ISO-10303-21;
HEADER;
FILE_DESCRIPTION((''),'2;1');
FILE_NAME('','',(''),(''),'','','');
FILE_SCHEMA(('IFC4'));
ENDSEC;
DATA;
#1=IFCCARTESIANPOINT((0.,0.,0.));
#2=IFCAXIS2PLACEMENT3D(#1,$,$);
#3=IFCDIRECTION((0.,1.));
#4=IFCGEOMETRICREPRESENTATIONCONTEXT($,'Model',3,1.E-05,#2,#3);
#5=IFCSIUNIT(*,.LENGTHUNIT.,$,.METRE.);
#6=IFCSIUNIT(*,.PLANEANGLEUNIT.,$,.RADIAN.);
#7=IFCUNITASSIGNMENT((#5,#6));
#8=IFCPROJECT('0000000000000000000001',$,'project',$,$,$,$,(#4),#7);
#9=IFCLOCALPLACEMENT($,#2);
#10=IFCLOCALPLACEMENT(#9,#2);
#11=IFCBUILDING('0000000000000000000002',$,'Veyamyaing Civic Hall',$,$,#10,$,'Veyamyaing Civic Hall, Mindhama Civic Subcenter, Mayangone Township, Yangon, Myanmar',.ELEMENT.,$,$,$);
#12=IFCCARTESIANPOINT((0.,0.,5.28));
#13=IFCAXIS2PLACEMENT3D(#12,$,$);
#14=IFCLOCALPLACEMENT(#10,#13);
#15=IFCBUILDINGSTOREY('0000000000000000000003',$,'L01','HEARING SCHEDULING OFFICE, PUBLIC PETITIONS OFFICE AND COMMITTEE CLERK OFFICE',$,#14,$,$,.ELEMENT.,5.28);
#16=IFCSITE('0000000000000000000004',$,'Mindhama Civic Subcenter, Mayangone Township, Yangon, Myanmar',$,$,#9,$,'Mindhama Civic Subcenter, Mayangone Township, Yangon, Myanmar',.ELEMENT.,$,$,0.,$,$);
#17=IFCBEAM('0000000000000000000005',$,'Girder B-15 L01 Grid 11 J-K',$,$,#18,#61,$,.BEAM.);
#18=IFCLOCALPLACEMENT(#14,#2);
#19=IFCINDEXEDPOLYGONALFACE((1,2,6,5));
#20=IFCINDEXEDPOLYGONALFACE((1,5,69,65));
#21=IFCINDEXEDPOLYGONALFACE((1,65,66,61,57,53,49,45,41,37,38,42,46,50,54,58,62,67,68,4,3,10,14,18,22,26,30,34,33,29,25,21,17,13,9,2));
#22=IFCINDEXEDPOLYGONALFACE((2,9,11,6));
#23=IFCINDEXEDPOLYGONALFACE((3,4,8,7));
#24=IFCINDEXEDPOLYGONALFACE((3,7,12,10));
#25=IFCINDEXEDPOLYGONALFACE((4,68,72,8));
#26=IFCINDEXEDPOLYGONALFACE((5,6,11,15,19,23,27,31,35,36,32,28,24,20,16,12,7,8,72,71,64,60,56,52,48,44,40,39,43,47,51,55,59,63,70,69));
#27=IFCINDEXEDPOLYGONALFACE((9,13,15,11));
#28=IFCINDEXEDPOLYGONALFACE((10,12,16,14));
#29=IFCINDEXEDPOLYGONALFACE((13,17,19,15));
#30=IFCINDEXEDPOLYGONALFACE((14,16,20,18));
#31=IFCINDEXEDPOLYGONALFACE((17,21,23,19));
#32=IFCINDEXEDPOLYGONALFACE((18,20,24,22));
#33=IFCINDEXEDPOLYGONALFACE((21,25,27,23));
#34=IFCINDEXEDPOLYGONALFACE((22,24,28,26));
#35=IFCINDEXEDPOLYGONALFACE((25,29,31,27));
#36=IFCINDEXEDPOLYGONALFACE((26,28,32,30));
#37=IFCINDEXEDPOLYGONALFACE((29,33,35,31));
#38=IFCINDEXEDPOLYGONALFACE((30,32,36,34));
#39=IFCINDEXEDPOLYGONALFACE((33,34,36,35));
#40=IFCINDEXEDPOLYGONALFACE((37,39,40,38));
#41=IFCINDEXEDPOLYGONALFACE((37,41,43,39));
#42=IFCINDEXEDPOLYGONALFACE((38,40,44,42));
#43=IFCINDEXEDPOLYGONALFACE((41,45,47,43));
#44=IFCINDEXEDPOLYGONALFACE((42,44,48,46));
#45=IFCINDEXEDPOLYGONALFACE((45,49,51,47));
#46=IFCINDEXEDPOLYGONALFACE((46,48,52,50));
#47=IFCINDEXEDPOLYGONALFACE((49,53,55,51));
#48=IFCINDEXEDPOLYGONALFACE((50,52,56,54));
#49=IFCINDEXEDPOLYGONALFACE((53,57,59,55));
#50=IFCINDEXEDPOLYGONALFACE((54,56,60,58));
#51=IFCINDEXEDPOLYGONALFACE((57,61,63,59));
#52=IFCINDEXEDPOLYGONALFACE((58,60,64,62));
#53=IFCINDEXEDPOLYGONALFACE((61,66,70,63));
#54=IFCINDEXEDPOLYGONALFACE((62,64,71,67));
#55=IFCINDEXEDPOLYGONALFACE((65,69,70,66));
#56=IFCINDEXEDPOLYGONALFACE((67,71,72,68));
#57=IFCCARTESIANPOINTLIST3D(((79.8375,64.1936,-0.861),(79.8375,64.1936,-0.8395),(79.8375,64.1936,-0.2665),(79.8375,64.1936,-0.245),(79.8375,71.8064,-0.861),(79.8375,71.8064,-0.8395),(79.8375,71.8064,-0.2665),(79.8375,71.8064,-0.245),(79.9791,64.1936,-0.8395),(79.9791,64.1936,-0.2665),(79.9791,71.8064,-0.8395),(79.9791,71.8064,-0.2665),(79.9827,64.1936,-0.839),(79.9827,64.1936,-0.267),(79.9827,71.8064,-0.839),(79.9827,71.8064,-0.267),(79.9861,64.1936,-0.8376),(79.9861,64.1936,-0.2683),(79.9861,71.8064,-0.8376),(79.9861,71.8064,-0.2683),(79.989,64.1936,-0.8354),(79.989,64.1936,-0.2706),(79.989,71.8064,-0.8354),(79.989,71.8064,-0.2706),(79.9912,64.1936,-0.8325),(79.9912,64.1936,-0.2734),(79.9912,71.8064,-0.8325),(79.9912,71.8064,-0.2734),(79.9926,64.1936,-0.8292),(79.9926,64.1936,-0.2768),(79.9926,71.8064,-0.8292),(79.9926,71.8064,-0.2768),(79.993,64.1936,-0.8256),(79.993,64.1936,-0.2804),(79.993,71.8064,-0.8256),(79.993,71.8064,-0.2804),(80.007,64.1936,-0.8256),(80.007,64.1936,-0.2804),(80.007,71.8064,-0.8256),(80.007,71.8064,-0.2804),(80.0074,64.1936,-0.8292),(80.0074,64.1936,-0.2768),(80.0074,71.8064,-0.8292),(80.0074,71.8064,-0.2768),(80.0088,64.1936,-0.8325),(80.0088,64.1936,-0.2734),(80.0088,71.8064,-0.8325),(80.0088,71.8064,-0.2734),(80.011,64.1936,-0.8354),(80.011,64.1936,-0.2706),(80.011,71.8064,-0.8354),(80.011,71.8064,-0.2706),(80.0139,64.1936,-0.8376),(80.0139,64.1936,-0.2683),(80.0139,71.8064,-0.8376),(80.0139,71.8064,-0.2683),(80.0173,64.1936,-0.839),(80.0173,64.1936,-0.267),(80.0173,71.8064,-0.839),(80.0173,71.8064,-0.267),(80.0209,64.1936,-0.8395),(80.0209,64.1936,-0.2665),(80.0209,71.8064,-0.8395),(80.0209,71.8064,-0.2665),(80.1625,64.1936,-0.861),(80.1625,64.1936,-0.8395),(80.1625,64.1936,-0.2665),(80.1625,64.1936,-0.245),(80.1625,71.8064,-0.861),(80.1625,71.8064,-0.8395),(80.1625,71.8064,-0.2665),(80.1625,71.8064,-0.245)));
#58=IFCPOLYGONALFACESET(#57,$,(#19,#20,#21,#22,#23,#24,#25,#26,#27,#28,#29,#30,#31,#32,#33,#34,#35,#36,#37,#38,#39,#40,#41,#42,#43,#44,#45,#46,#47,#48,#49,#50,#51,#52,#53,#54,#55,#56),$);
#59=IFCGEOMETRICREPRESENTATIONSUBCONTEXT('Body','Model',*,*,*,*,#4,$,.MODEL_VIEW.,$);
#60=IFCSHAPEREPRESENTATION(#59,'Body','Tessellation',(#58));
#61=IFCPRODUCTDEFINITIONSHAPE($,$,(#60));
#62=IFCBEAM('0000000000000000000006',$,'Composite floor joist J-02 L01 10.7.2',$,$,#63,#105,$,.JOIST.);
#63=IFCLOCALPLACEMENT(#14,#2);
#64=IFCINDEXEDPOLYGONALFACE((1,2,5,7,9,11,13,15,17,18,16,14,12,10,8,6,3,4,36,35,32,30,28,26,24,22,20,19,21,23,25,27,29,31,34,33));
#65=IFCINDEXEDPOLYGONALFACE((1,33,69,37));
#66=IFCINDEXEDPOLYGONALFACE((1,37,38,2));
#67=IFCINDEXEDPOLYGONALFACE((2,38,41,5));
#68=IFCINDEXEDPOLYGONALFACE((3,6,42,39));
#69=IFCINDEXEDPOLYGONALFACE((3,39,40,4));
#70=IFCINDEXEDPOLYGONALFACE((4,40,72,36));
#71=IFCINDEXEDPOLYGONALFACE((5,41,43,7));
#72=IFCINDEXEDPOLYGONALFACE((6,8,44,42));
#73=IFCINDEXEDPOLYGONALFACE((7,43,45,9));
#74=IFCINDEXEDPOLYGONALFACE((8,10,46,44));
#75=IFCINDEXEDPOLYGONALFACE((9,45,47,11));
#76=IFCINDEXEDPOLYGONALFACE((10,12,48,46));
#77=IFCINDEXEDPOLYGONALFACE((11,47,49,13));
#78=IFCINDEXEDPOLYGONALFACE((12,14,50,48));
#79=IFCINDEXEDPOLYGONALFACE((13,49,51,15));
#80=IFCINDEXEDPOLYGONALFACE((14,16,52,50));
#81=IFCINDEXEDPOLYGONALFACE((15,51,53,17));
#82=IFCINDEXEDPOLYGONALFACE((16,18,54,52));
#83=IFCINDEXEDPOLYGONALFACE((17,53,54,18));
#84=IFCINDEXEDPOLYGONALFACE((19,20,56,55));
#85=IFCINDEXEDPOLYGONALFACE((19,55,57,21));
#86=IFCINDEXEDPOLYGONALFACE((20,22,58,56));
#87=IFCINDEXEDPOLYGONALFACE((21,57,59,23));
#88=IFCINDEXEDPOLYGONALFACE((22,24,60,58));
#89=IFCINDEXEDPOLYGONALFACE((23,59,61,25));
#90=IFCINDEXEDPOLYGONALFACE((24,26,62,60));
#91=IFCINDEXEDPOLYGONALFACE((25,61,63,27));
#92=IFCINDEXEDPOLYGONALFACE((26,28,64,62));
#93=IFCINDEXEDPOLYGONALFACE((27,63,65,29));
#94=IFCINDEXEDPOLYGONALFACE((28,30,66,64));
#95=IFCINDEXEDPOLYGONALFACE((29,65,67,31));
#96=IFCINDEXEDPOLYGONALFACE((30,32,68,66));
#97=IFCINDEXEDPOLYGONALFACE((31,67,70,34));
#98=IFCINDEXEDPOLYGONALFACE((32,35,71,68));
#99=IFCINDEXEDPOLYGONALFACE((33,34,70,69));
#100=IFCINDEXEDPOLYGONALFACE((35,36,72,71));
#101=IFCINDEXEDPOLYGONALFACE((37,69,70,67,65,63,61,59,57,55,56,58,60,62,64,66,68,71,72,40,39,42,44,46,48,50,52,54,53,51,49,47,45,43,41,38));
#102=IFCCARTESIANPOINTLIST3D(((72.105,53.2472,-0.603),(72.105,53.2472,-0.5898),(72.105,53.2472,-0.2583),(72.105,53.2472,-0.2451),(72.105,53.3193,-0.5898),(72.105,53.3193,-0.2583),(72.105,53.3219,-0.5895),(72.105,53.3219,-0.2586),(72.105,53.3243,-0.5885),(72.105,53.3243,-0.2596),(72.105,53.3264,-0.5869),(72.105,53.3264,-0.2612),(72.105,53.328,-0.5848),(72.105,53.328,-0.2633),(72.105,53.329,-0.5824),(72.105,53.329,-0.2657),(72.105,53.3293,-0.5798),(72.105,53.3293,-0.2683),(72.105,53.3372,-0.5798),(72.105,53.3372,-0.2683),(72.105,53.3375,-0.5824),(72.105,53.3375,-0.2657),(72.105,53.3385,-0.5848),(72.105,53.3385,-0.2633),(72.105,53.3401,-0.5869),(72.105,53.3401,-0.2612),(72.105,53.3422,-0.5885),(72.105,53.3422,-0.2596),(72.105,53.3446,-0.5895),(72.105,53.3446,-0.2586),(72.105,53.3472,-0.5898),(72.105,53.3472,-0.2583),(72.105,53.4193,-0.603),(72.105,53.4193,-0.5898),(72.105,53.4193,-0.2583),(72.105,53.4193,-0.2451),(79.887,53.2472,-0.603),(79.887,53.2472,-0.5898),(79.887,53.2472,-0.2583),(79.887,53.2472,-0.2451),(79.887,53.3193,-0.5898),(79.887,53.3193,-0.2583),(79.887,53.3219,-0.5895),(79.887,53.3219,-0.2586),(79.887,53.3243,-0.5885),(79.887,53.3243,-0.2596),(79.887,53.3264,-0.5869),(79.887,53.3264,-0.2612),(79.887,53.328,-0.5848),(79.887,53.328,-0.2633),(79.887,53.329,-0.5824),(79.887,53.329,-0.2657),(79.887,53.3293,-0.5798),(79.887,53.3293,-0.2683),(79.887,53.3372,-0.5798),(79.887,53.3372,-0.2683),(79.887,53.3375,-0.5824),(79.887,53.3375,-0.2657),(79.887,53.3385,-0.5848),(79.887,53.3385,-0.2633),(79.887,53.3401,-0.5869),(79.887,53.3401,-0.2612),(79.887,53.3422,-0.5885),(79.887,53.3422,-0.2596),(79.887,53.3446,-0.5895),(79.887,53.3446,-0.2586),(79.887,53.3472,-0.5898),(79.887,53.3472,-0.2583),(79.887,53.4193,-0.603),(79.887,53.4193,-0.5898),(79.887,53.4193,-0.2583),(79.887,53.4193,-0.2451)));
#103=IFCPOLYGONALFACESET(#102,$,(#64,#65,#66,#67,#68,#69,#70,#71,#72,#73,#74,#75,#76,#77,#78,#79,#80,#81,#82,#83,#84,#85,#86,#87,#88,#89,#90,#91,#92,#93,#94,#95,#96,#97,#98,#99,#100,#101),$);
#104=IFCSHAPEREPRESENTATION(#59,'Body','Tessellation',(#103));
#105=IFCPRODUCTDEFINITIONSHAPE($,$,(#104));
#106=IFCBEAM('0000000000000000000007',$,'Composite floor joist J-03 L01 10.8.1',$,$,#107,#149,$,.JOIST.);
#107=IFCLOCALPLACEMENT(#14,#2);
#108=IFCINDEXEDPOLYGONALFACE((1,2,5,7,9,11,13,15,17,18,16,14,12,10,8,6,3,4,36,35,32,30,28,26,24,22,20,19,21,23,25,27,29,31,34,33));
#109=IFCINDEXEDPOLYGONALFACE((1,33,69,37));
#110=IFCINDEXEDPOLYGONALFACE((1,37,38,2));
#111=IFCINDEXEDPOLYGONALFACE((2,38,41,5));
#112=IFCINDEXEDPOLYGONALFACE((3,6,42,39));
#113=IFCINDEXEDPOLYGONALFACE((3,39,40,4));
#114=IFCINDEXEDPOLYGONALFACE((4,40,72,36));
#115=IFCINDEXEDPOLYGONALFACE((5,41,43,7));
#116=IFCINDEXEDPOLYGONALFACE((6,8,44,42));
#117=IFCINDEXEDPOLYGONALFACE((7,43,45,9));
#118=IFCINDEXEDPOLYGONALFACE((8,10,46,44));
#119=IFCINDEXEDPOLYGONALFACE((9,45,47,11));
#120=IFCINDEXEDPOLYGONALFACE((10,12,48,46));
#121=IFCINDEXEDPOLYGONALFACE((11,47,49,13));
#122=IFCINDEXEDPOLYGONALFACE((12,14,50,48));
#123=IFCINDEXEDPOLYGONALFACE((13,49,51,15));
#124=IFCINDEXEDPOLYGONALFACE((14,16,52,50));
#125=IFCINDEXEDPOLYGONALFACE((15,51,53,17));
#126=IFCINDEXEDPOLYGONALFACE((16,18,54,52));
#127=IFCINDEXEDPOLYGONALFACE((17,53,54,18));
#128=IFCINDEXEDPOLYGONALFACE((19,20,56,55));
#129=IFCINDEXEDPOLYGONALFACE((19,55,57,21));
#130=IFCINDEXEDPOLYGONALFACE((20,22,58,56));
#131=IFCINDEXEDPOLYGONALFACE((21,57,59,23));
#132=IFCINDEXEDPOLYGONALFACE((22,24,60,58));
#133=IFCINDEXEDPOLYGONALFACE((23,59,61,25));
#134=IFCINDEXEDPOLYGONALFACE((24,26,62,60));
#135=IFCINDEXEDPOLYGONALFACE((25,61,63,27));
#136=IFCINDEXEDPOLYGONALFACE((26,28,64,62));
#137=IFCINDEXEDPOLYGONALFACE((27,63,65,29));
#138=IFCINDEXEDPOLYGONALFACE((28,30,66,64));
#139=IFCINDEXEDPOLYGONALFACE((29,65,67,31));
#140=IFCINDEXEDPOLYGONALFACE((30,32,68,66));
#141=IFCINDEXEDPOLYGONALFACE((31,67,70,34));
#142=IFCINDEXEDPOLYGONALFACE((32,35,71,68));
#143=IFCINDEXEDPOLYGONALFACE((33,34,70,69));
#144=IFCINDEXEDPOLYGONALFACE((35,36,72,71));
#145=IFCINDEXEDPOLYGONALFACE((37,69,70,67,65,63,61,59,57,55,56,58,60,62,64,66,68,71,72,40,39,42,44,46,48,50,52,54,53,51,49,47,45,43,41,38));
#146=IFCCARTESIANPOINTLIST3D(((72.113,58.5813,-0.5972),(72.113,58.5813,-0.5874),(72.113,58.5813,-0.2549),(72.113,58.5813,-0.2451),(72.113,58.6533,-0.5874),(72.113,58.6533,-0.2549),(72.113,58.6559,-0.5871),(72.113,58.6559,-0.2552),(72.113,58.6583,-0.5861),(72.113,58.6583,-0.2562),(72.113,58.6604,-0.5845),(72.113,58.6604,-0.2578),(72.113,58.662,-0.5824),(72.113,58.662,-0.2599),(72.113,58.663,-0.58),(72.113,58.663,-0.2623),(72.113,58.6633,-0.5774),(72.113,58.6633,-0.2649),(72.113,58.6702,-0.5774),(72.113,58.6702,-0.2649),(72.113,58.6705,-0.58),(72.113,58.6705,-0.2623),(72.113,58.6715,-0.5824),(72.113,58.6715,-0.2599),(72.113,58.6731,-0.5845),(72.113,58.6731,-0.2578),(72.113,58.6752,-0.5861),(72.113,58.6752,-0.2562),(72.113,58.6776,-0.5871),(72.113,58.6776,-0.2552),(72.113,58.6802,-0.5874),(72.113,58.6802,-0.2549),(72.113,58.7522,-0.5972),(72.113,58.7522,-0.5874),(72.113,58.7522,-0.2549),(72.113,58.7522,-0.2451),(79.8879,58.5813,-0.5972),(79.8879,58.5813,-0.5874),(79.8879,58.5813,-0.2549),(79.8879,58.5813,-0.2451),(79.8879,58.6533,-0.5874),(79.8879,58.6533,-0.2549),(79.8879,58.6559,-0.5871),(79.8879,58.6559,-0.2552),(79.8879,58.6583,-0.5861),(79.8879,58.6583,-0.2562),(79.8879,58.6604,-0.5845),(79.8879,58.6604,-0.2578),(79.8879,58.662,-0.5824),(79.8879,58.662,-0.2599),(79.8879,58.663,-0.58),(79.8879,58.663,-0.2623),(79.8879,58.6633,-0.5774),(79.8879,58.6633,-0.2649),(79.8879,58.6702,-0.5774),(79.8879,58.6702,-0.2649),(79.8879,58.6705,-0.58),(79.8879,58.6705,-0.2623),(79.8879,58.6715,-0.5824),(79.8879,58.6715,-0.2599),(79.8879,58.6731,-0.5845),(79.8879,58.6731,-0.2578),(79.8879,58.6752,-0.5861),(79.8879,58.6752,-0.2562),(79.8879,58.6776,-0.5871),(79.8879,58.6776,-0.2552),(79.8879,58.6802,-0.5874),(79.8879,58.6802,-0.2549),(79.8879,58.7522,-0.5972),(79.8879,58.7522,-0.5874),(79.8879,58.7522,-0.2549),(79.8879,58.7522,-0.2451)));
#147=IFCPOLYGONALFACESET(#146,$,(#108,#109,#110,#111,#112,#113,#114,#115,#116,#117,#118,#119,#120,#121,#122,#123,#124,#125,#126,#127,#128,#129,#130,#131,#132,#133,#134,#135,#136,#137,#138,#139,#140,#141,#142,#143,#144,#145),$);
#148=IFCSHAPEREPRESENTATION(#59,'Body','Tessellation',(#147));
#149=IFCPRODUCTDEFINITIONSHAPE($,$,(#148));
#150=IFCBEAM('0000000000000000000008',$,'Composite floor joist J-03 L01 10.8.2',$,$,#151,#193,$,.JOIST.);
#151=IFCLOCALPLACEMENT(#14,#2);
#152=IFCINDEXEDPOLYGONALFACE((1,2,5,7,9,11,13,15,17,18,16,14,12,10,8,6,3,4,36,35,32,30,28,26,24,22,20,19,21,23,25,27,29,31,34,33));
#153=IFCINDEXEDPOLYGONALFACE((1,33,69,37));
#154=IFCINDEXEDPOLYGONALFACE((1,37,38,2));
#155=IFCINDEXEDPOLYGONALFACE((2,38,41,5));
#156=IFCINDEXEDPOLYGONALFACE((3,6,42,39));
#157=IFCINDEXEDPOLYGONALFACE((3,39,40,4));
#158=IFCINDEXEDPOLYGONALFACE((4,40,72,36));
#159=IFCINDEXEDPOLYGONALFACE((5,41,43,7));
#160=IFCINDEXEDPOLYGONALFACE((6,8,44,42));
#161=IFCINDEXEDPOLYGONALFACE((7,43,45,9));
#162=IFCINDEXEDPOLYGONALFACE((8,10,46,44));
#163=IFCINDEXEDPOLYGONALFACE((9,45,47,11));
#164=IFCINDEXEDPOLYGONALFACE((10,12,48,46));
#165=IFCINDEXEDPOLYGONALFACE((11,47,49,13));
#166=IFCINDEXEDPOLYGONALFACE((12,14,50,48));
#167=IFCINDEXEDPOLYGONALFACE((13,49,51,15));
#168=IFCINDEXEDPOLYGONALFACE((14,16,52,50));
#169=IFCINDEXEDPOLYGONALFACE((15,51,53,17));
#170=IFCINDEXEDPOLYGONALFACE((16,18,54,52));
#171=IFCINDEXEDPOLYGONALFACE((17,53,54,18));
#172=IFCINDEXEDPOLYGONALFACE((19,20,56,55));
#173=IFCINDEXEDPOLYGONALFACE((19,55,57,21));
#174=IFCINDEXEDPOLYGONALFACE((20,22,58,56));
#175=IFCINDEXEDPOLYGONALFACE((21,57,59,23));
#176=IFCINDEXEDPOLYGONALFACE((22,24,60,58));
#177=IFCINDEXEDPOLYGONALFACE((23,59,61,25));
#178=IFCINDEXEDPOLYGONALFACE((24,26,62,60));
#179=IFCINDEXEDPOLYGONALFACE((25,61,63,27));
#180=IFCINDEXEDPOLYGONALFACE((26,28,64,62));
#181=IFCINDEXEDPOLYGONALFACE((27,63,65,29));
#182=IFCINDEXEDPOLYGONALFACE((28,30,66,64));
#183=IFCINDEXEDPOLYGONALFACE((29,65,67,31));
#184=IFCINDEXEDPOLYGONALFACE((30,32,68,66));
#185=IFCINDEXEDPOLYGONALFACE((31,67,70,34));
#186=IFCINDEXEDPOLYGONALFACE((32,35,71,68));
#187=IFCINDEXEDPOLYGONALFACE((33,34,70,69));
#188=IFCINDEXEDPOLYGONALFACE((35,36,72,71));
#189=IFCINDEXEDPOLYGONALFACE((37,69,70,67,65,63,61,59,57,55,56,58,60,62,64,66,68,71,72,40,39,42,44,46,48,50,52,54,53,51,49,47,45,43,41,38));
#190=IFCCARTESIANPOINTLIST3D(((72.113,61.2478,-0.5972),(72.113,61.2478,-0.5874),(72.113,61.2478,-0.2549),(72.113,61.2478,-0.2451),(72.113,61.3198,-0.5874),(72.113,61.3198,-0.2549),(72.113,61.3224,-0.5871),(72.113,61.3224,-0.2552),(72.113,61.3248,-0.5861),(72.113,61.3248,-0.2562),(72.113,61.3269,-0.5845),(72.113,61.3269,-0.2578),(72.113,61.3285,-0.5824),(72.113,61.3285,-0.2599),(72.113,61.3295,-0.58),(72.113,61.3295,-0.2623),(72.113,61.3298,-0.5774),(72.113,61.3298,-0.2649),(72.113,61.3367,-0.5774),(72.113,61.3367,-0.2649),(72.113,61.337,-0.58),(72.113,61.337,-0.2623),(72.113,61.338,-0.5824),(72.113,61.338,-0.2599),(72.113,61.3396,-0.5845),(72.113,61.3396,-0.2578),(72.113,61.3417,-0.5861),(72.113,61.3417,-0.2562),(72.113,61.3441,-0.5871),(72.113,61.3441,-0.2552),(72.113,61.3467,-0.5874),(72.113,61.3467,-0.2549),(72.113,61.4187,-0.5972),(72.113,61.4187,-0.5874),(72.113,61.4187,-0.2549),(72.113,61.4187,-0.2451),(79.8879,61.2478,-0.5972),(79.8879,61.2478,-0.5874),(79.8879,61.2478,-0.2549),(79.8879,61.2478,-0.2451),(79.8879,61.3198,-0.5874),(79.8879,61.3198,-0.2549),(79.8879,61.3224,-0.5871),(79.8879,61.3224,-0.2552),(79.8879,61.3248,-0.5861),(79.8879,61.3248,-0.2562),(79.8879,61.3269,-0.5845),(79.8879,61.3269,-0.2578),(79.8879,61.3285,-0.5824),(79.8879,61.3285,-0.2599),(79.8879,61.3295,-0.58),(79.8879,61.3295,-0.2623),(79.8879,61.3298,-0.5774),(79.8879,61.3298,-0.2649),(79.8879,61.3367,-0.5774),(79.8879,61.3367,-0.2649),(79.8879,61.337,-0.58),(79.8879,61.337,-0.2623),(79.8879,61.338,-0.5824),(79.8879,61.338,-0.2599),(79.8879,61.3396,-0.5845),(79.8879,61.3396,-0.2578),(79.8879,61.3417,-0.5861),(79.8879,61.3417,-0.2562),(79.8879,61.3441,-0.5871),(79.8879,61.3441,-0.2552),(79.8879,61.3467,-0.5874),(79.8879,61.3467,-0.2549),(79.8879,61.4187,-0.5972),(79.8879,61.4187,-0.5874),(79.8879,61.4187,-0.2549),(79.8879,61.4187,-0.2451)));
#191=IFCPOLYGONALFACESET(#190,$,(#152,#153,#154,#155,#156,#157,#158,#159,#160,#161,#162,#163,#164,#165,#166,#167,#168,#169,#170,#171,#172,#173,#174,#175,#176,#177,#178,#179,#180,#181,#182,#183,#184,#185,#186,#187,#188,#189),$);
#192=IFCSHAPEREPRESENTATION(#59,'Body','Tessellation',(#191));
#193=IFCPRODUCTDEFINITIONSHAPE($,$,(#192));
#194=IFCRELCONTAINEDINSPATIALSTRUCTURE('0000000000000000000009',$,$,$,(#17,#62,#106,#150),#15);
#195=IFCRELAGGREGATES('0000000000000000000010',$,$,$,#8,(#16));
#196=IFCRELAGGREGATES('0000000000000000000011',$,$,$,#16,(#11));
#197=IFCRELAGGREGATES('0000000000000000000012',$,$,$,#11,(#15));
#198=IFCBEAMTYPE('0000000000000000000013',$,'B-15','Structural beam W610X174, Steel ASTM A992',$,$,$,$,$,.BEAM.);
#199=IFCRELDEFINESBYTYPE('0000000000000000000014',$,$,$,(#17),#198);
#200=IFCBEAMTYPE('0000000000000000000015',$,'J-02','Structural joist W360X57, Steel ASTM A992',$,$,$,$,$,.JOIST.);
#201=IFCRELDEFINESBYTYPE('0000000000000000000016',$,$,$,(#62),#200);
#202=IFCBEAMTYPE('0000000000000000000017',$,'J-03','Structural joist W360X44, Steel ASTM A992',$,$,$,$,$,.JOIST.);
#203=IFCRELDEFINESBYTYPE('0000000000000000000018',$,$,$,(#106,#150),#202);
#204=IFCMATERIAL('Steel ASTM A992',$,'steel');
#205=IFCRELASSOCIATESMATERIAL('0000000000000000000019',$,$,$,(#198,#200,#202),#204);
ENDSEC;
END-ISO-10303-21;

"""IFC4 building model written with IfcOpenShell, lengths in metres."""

from ifc_helpers import new_model, si_unit, direction, frame, origin, origin_2d, place, context, subcontext, project, spatial, i_section, extrude, material, material_profile, profile_set, type_object, element, save


model = new_model("IFC4")

# Units and contexts
model_context = context("Model", 3, precision=1e-05, world=origin(), true_north=direction((0.0, 1.0)))
body_context = subcontext(model_context, "Body", "Model", "MODEL_VIEW")
ifc_project = project(units=[si_unit("LENGTHUNIT", "METRE"), si_unit("PLANEANGLEUNIT", "RADIAN")], contexts=[model_context])

# Site, building, storey
site_placement = place(None, origin())
site = spatial("IfcSite", under=ifc_project, at=site_placement, Name="Mindhama Civic Subcenter, Mayangone Township, Yangon, Myanmar", LongName="Mindhama Civic Subcenter, Mayangone Township, Yangon, Myanmar", CompositionType="ELEMENT", RefElevation=0.0)
building_placement = place(site_placement, origin())
building = spatial("IfcBuilding", under=site, at=building_placement, Name="Veyamyaing Civic Hall", LongName="Veyamyaing Civic Hall, Mindhama Civic Subcenter, Mayangone Township, Yangon, Myanmar", CompositionType="ELEMENT")
storey_placement = place(building_placement, frame((0.0, 0.0, 5.28)))
storey = spatial("IfcBuildingStorey", under=building, at=storey_placement, Name="L01", Description="HEARING SCHEDULING OFFICE, PUBLIC PETITIONS OFFICE AND COMMITTEE CLERK OFFICE", CompositionType="ELEMENT", Elevation=5.28)

# Beams
ifc_material_1 = material(Name="Steel ASTM A992", Category="steel")
ifc_material_profile_1 = material_profile(ifc_material_1, i_section(OverallWidth=0.325, OverallDepth=0.616, WebThickness=0.0139, FlangeThickness=0.0215, FilletRadius=0.0139, at=origin_2d()), Name="W610X174")
ifc_profile_set_1 = profile_set([ifc_material_profile_1], Name="Steel ASTM A992")
beam_type_1 = type_object("IfcBeamType", Name="B-15", Description="Structural beam W610X174, Steel ASTM A992", PredefinedType="BEAM", material=ifc_profile_set_1)
beam_1_placement = place(storey_placement, frame((80.0, 64.1936, -0.553), z_axis=(0.0, 1.0, 0.0), x_axis=(-1.0, 0.0, 0.0)))
element("IfcBeam", 1, at=beam_1_placement, inside=storey, type_object=beam_type_1, Name="Girder B-15 L01 Grid 11 J-K", PredefinedType="BEAM", context=body_context, shape_type="SweptSolid", body=[
    extrude(i_section(OverallWidth=0.325, OverallDepth=0.616, WebThickness=0.0139, FlangeThickness=0.0215, FilletRadius=0.0139, at=origin_2d()), origin(), (0.0, 0.0, 1.0), 7.6128),
])
ifc_material_profile_2 = material_profile(ifc_material_1, i_section(OverallWidth=0.1721, OverallDepth=0.3579, WebThickness=0.0078, FlangeThickness=0.0132, FilletRadius=0.01, at=origin_2d()), Name="W360X57")
ifc_profile_set_2 = profile_set([ifc_material_profile_2], Name="Steel ASTM A992")
beam_type_2 = type_object("IfcBeamType", Name="J-02", Description="Structural joist W360X57, Steel ASTM A992", PredefinedType="JOIST", material=ifc_profile_set_2)
beam_2_placement = place(storey_placement, frame((72.105, 53.3333, -0.4241), z_axis=(1.0, 0.0, 0.0), x_axis=(0.0, 1.0, 0.0)))
element("IfcBeam", 2, at=beam_2_placement, inside=storey, type_object=beam_type_2, Name="Composite floor joist J-02 L01 10.7.2", PredefinedType="JOIST", context=body_context, shape_type="SweptSolid", body=[
    extrude(i_section(OverallWidth=0.1721, OverallDepth=0.3579, WebThickness=0.0078, FlangeThickness=0.0132, FilletRadius=0.01, at=origin_2d()), origin(), (0.0, 0.0, 1.0), 7.782),
])
ifc_material_profile_3 = material_profile(ifc_material_1, i_section(OverallWidth=0.1709, OverallDepth=0.3521, WebThickness=0.0068, FlangeThickness=0.0098, FilletRadius=0.01, at=origin_2d()), Name="W360X44")
ifc_profile_set_3 = profile_set([ifc_material_profile_3], Name="Steel ASTM A992")
beam_type_3 = type_object("IfcBeamType", Name="J-03", Description="Structural joist W360X44, Steel ASTM A992", PredefinedType="JOIST", material=ifc_profile_set_3)
for number, where, z_axis, x_axis, name in (
    (3, (72.113, 58.6667, -0.4211), (1.0, 0.0, 0.0), (0.0, 1.0, 0.0), "Composite floor joist J-03 L01 10.8.1"),
    (4, (72.113, 61.3333, -0.4211), (1.0, 0.0, 0.0), (0.0, 1.0, 0.0), "Composite floor joist J-03 L01 10.8.2"),
):
    element("IfcBeam", number, at=place(storey_placement, frame(where, z_axis=z_axis, x_axis=x_axis)), inside=storey, type_object=beam_type_3, Name=name, PredefinedType="JOIST", context=body_context, shape_type="SweptSolid", body=[
        extrude(i_section(OverallWidth=0.1709, OverallDepth=0.3521, WebThickness=0.0068, FlangeThickness=0.0098, FilletRadius=0.01, at=origin_2d()), origin(), (0.0, 0.0, 1.0), 7.7749),
    ])

save(model, "model.ifc")
